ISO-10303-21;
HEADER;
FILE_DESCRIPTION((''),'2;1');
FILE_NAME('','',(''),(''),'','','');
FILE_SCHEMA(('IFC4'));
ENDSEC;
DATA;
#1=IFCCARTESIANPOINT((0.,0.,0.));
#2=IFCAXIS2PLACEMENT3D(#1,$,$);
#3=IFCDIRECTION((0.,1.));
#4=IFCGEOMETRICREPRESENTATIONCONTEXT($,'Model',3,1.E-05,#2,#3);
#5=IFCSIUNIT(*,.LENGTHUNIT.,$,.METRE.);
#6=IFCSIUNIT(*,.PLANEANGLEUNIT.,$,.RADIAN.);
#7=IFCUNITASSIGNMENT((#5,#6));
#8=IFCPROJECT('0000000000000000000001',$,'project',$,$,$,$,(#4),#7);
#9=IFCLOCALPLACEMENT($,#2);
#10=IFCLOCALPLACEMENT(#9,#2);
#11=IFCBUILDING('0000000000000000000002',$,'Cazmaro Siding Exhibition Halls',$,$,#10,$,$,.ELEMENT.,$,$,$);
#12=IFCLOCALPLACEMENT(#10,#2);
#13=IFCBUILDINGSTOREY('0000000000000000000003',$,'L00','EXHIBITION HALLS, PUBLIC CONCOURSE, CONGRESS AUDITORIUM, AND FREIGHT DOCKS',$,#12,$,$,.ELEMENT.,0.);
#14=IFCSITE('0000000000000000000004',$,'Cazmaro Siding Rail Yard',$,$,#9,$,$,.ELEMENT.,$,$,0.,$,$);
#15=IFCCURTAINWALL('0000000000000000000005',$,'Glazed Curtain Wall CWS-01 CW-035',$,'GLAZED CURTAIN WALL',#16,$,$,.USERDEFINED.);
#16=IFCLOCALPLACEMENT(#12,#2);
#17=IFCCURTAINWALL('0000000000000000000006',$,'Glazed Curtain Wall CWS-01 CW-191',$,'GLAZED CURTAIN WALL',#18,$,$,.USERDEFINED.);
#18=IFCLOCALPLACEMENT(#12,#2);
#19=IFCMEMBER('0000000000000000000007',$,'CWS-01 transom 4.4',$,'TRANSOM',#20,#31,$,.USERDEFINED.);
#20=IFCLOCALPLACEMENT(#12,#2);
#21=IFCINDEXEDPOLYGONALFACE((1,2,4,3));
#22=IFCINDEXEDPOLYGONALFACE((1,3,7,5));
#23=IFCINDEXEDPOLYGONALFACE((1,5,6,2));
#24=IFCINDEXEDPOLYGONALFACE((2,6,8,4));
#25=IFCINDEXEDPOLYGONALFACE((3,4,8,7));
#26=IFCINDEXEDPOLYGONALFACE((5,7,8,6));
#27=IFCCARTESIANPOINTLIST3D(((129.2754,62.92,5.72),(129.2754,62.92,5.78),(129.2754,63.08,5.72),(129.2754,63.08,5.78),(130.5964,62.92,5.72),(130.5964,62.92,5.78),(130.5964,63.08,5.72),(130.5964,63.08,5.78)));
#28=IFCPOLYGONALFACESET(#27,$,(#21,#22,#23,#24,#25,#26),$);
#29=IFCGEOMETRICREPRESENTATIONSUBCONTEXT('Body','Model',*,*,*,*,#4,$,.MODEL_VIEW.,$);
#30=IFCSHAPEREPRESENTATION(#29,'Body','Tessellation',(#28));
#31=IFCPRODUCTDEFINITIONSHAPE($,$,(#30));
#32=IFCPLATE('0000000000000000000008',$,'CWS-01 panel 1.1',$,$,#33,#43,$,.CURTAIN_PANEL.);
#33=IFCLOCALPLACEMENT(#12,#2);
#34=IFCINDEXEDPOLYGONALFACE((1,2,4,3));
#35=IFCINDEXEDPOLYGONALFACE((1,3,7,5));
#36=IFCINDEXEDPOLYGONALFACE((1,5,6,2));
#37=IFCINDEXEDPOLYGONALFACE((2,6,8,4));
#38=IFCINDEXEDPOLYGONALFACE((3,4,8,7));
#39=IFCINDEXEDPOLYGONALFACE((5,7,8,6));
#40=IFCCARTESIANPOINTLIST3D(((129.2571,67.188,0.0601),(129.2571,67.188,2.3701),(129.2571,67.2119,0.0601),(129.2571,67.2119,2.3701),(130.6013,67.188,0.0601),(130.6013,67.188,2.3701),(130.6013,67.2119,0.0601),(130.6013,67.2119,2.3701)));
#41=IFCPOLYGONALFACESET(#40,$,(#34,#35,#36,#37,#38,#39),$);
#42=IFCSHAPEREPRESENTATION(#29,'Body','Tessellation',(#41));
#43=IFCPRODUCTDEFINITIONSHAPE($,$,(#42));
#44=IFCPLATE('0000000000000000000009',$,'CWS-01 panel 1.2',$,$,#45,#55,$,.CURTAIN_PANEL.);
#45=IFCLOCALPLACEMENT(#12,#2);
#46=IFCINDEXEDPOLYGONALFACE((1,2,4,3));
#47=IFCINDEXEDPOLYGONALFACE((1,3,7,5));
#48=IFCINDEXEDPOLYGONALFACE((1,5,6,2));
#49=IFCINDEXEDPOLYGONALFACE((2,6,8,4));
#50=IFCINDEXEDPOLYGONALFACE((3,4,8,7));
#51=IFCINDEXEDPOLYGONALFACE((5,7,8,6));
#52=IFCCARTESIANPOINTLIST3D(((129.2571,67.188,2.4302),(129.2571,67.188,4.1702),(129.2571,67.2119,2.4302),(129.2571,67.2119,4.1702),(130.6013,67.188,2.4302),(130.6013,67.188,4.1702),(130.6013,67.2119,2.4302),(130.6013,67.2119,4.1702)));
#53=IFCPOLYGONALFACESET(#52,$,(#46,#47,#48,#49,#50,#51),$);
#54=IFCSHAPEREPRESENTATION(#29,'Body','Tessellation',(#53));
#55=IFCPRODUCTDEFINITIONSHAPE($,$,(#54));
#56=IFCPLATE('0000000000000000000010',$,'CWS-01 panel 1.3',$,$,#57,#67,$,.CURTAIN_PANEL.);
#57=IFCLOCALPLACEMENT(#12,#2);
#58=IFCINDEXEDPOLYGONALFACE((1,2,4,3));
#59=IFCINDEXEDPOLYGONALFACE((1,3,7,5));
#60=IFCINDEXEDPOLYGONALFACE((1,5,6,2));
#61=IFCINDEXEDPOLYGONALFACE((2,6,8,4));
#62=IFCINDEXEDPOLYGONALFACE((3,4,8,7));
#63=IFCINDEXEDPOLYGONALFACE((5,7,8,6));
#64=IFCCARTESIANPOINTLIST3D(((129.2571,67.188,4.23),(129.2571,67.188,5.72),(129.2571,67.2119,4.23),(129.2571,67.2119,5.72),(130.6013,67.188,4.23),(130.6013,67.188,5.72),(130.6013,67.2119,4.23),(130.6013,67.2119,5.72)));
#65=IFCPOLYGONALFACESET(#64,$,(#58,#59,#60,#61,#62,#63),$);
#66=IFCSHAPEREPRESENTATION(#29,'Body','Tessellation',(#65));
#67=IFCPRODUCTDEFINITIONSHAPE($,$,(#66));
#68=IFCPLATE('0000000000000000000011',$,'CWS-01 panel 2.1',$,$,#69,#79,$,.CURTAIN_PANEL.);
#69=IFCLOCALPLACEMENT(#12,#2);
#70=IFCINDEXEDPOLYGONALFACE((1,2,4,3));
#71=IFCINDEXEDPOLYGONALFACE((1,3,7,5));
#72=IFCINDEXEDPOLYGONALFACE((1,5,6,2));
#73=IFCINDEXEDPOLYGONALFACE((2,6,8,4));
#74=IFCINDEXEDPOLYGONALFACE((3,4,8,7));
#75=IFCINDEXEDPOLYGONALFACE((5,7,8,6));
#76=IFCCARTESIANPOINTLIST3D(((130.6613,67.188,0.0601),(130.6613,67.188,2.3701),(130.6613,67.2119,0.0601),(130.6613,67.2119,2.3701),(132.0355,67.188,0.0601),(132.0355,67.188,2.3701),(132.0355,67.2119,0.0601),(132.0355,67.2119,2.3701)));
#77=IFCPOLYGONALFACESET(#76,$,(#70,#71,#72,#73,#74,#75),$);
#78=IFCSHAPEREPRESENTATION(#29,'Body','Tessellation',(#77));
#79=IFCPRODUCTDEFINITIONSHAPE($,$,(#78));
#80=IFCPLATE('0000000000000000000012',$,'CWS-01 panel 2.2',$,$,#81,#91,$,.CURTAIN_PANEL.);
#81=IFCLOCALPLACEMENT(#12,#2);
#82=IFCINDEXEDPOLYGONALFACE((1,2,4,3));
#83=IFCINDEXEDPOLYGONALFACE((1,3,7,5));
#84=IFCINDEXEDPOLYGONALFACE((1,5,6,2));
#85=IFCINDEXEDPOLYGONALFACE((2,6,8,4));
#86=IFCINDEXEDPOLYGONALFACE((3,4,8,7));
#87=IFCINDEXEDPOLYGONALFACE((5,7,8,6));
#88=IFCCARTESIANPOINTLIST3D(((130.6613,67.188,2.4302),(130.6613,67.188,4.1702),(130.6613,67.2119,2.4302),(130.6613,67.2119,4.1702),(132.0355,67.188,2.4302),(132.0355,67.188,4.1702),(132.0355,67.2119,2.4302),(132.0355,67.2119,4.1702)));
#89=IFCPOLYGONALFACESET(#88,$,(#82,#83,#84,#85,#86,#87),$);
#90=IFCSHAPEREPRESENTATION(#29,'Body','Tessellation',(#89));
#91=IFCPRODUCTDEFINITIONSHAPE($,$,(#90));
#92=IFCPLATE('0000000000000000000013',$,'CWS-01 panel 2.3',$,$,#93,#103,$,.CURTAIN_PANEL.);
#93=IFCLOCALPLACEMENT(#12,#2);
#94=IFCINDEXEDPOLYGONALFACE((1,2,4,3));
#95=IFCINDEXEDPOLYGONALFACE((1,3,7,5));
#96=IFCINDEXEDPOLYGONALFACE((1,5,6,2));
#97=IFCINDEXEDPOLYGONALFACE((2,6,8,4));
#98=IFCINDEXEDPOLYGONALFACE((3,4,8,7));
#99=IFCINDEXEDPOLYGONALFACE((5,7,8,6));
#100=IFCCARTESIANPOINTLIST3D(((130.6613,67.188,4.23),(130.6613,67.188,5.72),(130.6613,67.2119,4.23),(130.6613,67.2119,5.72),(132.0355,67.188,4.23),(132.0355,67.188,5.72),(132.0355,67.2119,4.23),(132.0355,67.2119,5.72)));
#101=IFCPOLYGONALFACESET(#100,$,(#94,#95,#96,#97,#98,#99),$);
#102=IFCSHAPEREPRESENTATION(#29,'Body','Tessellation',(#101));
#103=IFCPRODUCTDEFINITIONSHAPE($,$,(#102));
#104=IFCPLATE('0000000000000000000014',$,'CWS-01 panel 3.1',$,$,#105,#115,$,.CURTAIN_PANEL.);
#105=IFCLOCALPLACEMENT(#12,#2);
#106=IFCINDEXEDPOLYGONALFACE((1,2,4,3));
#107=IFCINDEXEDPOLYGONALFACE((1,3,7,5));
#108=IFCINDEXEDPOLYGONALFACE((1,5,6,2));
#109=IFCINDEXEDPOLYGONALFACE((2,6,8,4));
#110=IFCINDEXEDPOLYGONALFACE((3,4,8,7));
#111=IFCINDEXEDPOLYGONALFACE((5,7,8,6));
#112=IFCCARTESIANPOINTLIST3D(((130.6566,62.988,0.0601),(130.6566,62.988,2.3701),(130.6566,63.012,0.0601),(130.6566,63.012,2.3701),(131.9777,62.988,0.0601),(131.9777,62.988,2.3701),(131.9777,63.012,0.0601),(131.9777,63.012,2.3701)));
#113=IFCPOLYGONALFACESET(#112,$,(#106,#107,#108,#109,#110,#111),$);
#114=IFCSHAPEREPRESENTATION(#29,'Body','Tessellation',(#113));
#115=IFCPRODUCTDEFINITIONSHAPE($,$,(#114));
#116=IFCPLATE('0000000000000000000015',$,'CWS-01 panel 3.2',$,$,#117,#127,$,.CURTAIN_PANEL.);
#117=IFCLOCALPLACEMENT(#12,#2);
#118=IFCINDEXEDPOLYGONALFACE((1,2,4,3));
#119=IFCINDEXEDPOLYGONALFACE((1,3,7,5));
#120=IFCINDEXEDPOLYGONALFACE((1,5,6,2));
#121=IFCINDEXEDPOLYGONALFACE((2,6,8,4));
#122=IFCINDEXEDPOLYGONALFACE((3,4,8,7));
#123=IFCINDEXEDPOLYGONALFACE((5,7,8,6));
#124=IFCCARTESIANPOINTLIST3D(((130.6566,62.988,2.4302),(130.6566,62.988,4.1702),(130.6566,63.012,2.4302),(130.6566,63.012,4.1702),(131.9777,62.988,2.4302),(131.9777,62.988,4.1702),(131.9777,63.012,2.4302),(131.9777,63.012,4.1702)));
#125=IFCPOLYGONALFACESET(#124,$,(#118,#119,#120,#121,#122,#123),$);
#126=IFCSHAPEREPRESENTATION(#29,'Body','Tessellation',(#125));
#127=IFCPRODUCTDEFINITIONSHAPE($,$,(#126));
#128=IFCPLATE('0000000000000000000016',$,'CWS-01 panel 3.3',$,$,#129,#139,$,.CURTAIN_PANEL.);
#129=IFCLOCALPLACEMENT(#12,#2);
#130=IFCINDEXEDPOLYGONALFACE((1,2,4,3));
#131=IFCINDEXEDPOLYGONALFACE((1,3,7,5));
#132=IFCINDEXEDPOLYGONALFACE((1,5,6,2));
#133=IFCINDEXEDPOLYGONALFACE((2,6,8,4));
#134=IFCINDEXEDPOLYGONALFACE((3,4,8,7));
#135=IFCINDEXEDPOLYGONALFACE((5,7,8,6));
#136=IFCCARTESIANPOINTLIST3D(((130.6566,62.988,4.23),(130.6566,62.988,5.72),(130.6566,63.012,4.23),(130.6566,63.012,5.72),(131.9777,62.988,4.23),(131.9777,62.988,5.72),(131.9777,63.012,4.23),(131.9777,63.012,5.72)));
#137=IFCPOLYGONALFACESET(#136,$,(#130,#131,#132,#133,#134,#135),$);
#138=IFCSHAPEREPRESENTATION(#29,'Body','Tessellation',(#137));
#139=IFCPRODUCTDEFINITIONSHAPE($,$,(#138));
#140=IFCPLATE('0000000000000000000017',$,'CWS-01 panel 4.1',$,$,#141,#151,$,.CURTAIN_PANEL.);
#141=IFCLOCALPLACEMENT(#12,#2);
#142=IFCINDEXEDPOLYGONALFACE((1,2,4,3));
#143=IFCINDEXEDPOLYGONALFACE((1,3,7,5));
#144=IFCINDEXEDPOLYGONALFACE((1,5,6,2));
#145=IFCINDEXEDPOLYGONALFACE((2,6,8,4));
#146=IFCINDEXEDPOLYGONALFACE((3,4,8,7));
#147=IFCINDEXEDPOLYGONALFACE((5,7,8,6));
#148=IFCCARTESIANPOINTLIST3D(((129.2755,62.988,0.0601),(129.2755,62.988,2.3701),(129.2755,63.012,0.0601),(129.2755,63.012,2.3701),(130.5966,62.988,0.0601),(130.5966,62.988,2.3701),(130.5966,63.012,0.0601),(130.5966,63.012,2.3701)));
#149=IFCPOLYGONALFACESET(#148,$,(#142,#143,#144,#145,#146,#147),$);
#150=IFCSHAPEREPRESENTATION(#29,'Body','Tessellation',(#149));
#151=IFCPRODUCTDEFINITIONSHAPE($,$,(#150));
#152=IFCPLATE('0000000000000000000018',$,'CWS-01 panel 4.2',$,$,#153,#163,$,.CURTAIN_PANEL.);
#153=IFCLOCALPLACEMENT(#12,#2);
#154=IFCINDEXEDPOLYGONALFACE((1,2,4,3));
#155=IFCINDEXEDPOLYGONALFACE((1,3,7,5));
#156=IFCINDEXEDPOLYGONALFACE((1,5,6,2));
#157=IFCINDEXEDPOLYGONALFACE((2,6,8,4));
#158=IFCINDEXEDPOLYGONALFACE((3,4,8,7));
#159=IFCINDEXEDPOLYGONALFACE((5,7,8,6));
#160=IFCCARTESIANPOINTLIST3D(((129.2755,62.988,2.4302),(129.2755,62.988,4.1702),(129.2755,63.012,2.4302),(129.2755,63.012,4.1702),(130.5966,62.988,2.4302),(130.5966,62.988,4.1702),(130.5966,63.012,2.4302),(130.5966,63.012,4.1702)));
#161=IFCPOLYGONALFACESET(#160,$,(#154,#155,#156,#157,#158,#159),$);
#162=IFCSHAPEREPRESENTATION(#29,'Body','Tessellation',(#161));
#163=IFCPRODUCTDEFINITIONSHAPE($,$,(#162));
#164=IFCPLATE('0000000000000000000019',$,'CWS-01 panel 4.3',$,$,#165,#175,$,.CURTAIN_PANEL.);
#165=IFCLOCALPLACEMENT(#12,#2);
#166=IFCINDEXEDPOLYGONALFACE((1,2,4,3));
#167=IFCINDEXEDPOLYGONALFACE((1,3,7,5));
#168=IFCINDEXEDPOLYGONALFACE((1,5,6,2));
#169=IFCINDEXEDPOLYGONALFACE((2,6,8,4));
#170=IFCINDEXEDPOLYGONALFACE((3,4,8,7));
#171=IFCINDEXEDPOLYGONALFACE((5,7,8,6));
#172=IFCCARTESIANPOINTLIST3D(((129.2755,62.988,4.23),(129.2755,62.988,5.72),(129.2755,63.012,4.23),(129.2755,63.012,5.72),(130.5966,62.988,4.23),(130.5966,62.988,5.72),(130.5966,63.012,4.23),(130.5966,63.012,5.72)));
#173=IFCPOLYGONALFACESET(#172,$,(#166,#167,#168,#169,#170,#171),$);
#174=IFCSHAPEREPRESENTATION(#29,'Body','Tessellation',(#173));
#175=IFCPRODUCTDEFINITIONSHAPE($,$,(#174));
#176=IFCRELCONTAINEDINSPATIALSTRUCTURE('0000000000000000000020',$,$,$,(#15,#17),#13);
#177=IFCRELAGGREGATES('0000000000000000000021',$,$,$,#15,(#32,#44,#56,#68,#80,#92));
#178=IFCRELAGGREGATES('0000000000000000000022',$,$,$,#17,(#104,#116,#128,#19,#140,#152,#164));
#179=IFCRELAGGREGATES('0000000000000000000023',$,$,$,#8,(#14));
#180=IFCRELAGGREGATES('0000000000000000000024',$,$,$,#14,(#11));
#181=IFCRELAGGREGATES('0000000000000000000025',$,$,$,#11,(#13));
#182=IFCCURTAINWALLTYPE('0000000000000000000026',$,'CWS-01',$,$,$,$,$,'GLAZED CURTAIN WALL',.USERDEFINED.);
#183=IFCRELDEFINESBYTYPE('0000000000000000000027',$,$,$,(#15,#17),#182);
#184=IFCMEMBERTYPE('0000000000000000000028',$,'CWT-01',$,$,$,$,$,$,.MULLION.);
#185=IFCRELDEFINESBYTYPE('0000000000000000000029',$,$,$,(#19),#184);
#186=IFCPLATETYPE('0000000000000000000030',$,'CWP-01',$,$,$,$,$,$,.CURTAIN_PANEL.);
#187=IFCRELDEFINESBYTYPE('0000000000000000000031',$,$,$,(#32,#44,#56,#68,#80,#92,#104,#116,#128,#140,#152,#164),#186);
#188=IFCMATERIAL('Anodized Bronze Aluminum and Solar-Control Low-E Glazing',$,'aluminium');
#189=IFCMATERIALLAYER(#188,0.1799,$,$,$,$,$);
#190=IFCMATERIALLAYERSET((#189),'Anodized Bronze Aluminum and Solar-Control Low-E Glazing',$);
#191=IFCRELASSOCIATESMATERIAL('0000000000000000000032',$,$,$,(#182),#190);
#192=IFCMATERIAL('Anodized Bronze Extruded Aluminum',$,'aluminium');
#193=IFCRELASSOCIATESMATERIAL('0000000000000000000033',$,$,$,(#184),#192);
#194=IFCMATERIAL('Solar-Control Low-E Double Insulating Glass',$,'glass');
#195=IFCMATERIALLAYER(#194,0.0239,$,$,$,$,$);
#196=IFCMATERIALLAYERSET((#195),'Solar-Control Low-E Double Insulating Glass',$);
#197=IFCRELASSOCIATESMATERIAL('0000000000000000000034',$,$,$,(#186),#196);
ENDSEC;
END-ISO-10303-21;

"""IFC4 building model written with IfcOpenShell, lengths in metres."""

from ifc_helpers import new_model, si_unit, direction, frame, origin, origin_2d, place, context, subcontext, project, spatial, rectangle, extrude, material, layer, layer_set, material_profile, profile_set, type_object, element, aggregate, save


model = new_model("IFC4")

# Units and contexts
model_context = context("Model", 3, precision=1e-05, world=origin(), true_north=direction((0.0, 1.0)))
body_context = subcontext(model_context, "Body", "Model", "MODEL_VIEW")
ifc_project = project(units=[si_unit("LENGTHUNIT", "METRE"), si_unit("PLANEANGLEUNIT", "RADIAN")], contexts=[model_context])

# Site, building, storey
site_placement = place(None, origin())
site = spatial("IfcSite", under=ifc_project, at=site_placement, Name="Cazmaro Siding Rail Yard", CompositionType="ELEMENT", RefElevation=0.0)
building_placement = place(site_placement, origin())
building = spatial("IfcBuilding", under=site, at=building_placement, Name="Cazmaro Siding Exhibition Halls", CompositionType="ELEMENT")
storey_placement = place(building_placement, origin())
storey = spatial("IfcBuildingStorey", under=building, at=storey_placement, Name="L00", Description="EXHIBITION HALLS, PUBLIC CONCOURSE, CONGRESS AUDITORIUM, AND FREIGHT DOCKS", CompositionType="ELEMENT", Elevation=0.0)

# Curtain walls
ifc_material_1 = material(Name="Anodized Bronze Aluminum and Solar-Control Low-E Glazing", Category="aluminium")
ifc_layer_1 = layer(ifc_material_1, 0.1799)
ifc_layer_set_1 = layer_set([ifc_layer_1], Name="Anodized Bronze Aluminum and Solar-Control Low-E Glazing")
curtain_wall_type = type_object("IfcCurtainWallType", Name="CWS-01", ElementType="GLAZED CURTAIN WALL", PredefinedType="USERDEFINED", material=ifc_layer_set_1)
curtain_wall_1_placement = place(storey_placement, origin())
curtain_wall_1 = element("IfcCurtainWall", 1, at=curtain_wall_1_placement, inside=storey, type_object=curtain_wall_type, Name="Glazed Curtain Wall CWS-01 CW-035", ObjectType="GLAZED CURTAIN WALL", PredefinedType="USERDEFINED")
curtain_wall_2_placement = place(storey_placement, origin())
curtain_wall_2 = element("IfcCurtainWall", 2, at=curtain_wall_2_placement, inside=storey, type_object=curtain_wall_type, Name="Glazed Curtain Wall CWS-01 CW-191", ObjectType="GLAZED CURTAIN WALL", PredefinedType="USERDEFINED")

# Member
ifc_material_2 = material(Name="Anodized Bronze Extruded Aluminum", Category="aluminium")
ifc_material_profile_1 = material_profile(ifc_material_2, rectangle(XDim=0.1599, YDim=0.0601, at=origin_2d()), Name="CWT-01")
ifc_profile_set_1 = profile_set([ifc_material_profile_1], Name="Anodized Bronze Extruded Aluminum")
member_type_1 = type_object("IfcMemberType", Name="CWT-01", PredefinedType="MULLION", material=ifc_profile_set_1)
member_1_placement = place(storey_placement, frame((130.5964, 63.0, 5.75), z_axis=(-1.0, 0.0, 0.0), x_axis=(0.0, -1.0, 0.0)))
member_1 = element("IfcMember", 3, at=member_1_placement, type_object=member_type_1, Name="CWS-01 transom 4.4", ObjectType="TRANSOM", PredefinedType="USERDEFINED", context=body_context, shape_type="SweptSolid", body=[
    extrude(rectangle(XDim=0.1599, YDim=0.0601, at=origin_2d()), origin(), (0.0, 0.0, 1.0), 1.321),
])

# Plates
ifc_material_3 = material(Name="Solar-Control Low-E Double Insulating Glass", Category="glass")
ifc_layer_2 = layer(ifc_material_3, 0.0239)
ifc_layer_set_2 = layer_set([ifc_layer_2], Name="Solar-Control Low-E Double Insulating Glass")
plate_type = type_object("IfcPlateType", Name="CWP-01", PredefinedType="CURTAIN_PANEL", material=ifc_layer_set_2)
plate_1_placement = place(storey_placement, frame((129.9292, 67.2, 0.0601), z_axis=(0.0, 0.0, 1.0), x_axis=(1.0, 0.0, 0.0)))
plate_1 = element("IfcPlate", 4, at=plate_1_placement, type_object=plate_type, Name="CWS-01 panel 1.1", PredefinedType="CURTAIN_PANEL", context=body_context, shape_type="SweptSolid", body=[
    extrude(rectangle(XDim=1.3442, YDim=0.0239, at=origin_2d()), origin(), (0.0, 0.0, 1.0), 2.3101),
])
plate_2_placement = place(storey_placement, frame((129.9292, 67.2, 2.4302), z_axis=(0.0, 0.0, 1.0), x_axis=(1.0, 0.0, 0.0)))
plate_2 = element("IfcPlate", 5, at=plate_2_placement, type_object=plate_type, Name="CWS-01 panel 1.2", PredefinedType="CURTAIN_PANEL", context=body_context, shape_type="SweptSolid", body=[
    extrude(rectangle(XDim=1.3442, YDim=0.0239, at=origin_2d()), origin(), (0.0, 0.0, 1.0), 1.74),
])
plate_3_placement = place(storey_placement, frame((129.9292, 67.2, 4.23), z_axis=(0.0, 0.0, 1.0), x_axis=(1.0, 0.0, 0.0)))
plate_3 = element("IfcPlate", 6, at=plate_3_placement, type_object=plate_type, Name="CWS-01 panel 1.3", PredefinedType="CURTAIN_PANEL", context=body_context, shape_type="SweptSolid", body=[
    extrude(rectangle(XDim=1.3442, YDim=0.0239, at=origin_2d()), origin(), (0.0, 0.0, 1.0), 1.49),
])
plate_4_placement = place(storey_placement, frame((131.3484, 67.2, 0.0601), z_axis=(0.0, 0.0, 1.0), x_axis=(1.0, 0.0, 0.0)))
plate_4 = element("IfcPlate", 7, at=plate_4_placement, type_object=plate_type, Name="CWS-01 panel 2.1", PredefinedType="CURTAIN_PANEL", context=body_context, shape_type="SweptSolid", body=[
    extrude(rectangle(XDim=1.3743, YDim=0.0239, at=origin_2d()), origin(), (0.0, 0.0, 1.0), 2.3101),
])
plate_5_placement = place(storey_placement, frame((131.3484, 67.2, 2.4302), z_axis=(0.0, 0.0, 1.0), x_axis=(1.0, 0.0, 0.0)))
plate_5 = element("IfcPlate", 8, at=plate_5_placement, type_object=plate_type, Name="CWS-01 panel 2.2", PredefinedType="CURTAIN_PANEL", context=body_context, shape_type="SweptSolid", body=[
    extrude(rectangle(XDim=1.3743, YDim=0.0239, at=origin_2d()), origin(), (0.0, 0.0, 1.0), 1.74),
])
plate_6_placement = place(storey_placement, frame((131.3484, 67.2, 4.23), z_axis=(0.0, 0.0, 1.0), x_axis=(1.0, 0.0, 0.0)))
plate_6 = element("IfcPlate", 9, at=plate_6_placement, type_object=plate_type, Name="CWS-01 panel 2.3", PredefinedType="CURTAIN_PANEL", context=body_context, shape_type="SweptSolid", body=[
    extrude(rectangle(XDim=1.3743, YDim=0.0239, at=origin_2d()), origin(), (0.0, 0.0, 1.0), 1.49),
])
aggregate(curtain_wall_1, [plate_1, plate_2, plate_3, plate_4, plate_5, plate_6])
plate_7_placement = place(storey_placement, frame((131.3171, 63.0, 0.0601), z_axis=(0.0, 0.0, 1.0), x_axis=(-1.0, 0.0, 0.0)))
plate_7 = element("IfcPlate", 10, at=plate_7_placement, type_object=plate_type, Name="CWS-01 panel 3.1", PredefinedType="CURTAIN_PANEL", context=body_context, shape_type="SweptSolid", body=[
    extrude(rectangle(XDim=1.321, YDim=0.0239, at=origin_2d()), origin(), (0.0, 0.0, 1.0), 2.3101),
])
plate_8_placement = place(storey_placement, frame((131.3171, 63.0, 2.4302), z_axis=(0.0, 0.0, 1.0), x_axis=(-1.0, 0.0, 0.0)))
plate_8 = element("IfcPlate", 11, at=plate_8_placement, type_object=plate_type, Name="CWS-01 panel 3.2", PredefinedType="CURTAIN_PANEL", context=body_context, shape_type="SweptSolid", body=[
    extrude(rectangle(XDim=1.321, YDim=0.0239, at=origin_2d()), origin(), (0.0, 0.0, 1.0), 1.74),
])
plate_9_placement = place(storey_placement, frame((131.3171, 63.0, 4.23), z_axis=(0.0, 0.0, 1.0), x_axis=(-1.0, 0.0, 0.0)))
plate_9 = element("IfcPlate", 12, at=plate_9_placement, type_object=plate_type, Name="CWS-01 panel 3.3", PredefinedType="CURTAIN_PANEL", context=body_context, shape_type="SweptSolid", body=[
    extrude(rectangle(XDim=1.321, YDim=0.0239, at=origin_2d()), origin(), (0.0, 0.0, 1.0), 1.49),
])
plate_10_placement = place(storey_placement, frame((129.936, 63.0, 0.0601), z_axis=(0.0, 0.0, 1.0), x_axis=(-1.0, 0.0, 0.0)))
plate_10 = element("IfcPlate", 13, at=plate_10_placement, type_object=plate_type, Name="CWS-01 panel 4.1", PredefinedType="CURTAIN_PANEL", context=body_context, shape_type="SweptSolid", body=[
    extrude(rectangle(XDim=1.321, YDim=0.0239, at=origin_2d()), origin(), (0.0, 0.0, 1.0), 2.3101),
])
plate_11_placement = place(storey_placement, frame((129.936, 63.0, 2.4302), z_axis=(0.0, 0.0, 1.0), x_axis=(-1.0, 0.0, 0.0)))
plate_11 = element("IfcPlate", 14, at=plate_11_placement, type_object=plate_type, Name="CWS-01 panel 4.2", PredefinedType="CURTAIN_PANEL", context=body_context, shape_type="SweptSolid", body=[
    extrude(rectangle(XDim=1.321, YDim=0.0239, at=origin_2d()), origin(), (0.0, 0.0, 1.0), 1.74),
])
plate_12_placement = place(storey_placement, frame((129.936, 63.0, 4.23), z_axis=(0.0, 0.0, 1.0), x_axis=(-1.0, 0.0, 0.0)))
plate_12 = element("IfcPlate", 15, at=plate_12_placement, type_object=plate_type, Name="CWS-01 panel 4.3", PredefinedType="CURTAIN_PANEL", context=body_context, shape_type="SweptSolid", body=[
    extrude(rectangle(XDim=1.321, YDim=0.0239, at=origin_2d()), origin(), (0.0, 0.0, 1.0), 1.49),
])
aggregate(curtain_wall_2, [plate_7, plate_8, plate_9, member_1, plate_10, plate_11, plate_12])

save(model, "model.ifc")
